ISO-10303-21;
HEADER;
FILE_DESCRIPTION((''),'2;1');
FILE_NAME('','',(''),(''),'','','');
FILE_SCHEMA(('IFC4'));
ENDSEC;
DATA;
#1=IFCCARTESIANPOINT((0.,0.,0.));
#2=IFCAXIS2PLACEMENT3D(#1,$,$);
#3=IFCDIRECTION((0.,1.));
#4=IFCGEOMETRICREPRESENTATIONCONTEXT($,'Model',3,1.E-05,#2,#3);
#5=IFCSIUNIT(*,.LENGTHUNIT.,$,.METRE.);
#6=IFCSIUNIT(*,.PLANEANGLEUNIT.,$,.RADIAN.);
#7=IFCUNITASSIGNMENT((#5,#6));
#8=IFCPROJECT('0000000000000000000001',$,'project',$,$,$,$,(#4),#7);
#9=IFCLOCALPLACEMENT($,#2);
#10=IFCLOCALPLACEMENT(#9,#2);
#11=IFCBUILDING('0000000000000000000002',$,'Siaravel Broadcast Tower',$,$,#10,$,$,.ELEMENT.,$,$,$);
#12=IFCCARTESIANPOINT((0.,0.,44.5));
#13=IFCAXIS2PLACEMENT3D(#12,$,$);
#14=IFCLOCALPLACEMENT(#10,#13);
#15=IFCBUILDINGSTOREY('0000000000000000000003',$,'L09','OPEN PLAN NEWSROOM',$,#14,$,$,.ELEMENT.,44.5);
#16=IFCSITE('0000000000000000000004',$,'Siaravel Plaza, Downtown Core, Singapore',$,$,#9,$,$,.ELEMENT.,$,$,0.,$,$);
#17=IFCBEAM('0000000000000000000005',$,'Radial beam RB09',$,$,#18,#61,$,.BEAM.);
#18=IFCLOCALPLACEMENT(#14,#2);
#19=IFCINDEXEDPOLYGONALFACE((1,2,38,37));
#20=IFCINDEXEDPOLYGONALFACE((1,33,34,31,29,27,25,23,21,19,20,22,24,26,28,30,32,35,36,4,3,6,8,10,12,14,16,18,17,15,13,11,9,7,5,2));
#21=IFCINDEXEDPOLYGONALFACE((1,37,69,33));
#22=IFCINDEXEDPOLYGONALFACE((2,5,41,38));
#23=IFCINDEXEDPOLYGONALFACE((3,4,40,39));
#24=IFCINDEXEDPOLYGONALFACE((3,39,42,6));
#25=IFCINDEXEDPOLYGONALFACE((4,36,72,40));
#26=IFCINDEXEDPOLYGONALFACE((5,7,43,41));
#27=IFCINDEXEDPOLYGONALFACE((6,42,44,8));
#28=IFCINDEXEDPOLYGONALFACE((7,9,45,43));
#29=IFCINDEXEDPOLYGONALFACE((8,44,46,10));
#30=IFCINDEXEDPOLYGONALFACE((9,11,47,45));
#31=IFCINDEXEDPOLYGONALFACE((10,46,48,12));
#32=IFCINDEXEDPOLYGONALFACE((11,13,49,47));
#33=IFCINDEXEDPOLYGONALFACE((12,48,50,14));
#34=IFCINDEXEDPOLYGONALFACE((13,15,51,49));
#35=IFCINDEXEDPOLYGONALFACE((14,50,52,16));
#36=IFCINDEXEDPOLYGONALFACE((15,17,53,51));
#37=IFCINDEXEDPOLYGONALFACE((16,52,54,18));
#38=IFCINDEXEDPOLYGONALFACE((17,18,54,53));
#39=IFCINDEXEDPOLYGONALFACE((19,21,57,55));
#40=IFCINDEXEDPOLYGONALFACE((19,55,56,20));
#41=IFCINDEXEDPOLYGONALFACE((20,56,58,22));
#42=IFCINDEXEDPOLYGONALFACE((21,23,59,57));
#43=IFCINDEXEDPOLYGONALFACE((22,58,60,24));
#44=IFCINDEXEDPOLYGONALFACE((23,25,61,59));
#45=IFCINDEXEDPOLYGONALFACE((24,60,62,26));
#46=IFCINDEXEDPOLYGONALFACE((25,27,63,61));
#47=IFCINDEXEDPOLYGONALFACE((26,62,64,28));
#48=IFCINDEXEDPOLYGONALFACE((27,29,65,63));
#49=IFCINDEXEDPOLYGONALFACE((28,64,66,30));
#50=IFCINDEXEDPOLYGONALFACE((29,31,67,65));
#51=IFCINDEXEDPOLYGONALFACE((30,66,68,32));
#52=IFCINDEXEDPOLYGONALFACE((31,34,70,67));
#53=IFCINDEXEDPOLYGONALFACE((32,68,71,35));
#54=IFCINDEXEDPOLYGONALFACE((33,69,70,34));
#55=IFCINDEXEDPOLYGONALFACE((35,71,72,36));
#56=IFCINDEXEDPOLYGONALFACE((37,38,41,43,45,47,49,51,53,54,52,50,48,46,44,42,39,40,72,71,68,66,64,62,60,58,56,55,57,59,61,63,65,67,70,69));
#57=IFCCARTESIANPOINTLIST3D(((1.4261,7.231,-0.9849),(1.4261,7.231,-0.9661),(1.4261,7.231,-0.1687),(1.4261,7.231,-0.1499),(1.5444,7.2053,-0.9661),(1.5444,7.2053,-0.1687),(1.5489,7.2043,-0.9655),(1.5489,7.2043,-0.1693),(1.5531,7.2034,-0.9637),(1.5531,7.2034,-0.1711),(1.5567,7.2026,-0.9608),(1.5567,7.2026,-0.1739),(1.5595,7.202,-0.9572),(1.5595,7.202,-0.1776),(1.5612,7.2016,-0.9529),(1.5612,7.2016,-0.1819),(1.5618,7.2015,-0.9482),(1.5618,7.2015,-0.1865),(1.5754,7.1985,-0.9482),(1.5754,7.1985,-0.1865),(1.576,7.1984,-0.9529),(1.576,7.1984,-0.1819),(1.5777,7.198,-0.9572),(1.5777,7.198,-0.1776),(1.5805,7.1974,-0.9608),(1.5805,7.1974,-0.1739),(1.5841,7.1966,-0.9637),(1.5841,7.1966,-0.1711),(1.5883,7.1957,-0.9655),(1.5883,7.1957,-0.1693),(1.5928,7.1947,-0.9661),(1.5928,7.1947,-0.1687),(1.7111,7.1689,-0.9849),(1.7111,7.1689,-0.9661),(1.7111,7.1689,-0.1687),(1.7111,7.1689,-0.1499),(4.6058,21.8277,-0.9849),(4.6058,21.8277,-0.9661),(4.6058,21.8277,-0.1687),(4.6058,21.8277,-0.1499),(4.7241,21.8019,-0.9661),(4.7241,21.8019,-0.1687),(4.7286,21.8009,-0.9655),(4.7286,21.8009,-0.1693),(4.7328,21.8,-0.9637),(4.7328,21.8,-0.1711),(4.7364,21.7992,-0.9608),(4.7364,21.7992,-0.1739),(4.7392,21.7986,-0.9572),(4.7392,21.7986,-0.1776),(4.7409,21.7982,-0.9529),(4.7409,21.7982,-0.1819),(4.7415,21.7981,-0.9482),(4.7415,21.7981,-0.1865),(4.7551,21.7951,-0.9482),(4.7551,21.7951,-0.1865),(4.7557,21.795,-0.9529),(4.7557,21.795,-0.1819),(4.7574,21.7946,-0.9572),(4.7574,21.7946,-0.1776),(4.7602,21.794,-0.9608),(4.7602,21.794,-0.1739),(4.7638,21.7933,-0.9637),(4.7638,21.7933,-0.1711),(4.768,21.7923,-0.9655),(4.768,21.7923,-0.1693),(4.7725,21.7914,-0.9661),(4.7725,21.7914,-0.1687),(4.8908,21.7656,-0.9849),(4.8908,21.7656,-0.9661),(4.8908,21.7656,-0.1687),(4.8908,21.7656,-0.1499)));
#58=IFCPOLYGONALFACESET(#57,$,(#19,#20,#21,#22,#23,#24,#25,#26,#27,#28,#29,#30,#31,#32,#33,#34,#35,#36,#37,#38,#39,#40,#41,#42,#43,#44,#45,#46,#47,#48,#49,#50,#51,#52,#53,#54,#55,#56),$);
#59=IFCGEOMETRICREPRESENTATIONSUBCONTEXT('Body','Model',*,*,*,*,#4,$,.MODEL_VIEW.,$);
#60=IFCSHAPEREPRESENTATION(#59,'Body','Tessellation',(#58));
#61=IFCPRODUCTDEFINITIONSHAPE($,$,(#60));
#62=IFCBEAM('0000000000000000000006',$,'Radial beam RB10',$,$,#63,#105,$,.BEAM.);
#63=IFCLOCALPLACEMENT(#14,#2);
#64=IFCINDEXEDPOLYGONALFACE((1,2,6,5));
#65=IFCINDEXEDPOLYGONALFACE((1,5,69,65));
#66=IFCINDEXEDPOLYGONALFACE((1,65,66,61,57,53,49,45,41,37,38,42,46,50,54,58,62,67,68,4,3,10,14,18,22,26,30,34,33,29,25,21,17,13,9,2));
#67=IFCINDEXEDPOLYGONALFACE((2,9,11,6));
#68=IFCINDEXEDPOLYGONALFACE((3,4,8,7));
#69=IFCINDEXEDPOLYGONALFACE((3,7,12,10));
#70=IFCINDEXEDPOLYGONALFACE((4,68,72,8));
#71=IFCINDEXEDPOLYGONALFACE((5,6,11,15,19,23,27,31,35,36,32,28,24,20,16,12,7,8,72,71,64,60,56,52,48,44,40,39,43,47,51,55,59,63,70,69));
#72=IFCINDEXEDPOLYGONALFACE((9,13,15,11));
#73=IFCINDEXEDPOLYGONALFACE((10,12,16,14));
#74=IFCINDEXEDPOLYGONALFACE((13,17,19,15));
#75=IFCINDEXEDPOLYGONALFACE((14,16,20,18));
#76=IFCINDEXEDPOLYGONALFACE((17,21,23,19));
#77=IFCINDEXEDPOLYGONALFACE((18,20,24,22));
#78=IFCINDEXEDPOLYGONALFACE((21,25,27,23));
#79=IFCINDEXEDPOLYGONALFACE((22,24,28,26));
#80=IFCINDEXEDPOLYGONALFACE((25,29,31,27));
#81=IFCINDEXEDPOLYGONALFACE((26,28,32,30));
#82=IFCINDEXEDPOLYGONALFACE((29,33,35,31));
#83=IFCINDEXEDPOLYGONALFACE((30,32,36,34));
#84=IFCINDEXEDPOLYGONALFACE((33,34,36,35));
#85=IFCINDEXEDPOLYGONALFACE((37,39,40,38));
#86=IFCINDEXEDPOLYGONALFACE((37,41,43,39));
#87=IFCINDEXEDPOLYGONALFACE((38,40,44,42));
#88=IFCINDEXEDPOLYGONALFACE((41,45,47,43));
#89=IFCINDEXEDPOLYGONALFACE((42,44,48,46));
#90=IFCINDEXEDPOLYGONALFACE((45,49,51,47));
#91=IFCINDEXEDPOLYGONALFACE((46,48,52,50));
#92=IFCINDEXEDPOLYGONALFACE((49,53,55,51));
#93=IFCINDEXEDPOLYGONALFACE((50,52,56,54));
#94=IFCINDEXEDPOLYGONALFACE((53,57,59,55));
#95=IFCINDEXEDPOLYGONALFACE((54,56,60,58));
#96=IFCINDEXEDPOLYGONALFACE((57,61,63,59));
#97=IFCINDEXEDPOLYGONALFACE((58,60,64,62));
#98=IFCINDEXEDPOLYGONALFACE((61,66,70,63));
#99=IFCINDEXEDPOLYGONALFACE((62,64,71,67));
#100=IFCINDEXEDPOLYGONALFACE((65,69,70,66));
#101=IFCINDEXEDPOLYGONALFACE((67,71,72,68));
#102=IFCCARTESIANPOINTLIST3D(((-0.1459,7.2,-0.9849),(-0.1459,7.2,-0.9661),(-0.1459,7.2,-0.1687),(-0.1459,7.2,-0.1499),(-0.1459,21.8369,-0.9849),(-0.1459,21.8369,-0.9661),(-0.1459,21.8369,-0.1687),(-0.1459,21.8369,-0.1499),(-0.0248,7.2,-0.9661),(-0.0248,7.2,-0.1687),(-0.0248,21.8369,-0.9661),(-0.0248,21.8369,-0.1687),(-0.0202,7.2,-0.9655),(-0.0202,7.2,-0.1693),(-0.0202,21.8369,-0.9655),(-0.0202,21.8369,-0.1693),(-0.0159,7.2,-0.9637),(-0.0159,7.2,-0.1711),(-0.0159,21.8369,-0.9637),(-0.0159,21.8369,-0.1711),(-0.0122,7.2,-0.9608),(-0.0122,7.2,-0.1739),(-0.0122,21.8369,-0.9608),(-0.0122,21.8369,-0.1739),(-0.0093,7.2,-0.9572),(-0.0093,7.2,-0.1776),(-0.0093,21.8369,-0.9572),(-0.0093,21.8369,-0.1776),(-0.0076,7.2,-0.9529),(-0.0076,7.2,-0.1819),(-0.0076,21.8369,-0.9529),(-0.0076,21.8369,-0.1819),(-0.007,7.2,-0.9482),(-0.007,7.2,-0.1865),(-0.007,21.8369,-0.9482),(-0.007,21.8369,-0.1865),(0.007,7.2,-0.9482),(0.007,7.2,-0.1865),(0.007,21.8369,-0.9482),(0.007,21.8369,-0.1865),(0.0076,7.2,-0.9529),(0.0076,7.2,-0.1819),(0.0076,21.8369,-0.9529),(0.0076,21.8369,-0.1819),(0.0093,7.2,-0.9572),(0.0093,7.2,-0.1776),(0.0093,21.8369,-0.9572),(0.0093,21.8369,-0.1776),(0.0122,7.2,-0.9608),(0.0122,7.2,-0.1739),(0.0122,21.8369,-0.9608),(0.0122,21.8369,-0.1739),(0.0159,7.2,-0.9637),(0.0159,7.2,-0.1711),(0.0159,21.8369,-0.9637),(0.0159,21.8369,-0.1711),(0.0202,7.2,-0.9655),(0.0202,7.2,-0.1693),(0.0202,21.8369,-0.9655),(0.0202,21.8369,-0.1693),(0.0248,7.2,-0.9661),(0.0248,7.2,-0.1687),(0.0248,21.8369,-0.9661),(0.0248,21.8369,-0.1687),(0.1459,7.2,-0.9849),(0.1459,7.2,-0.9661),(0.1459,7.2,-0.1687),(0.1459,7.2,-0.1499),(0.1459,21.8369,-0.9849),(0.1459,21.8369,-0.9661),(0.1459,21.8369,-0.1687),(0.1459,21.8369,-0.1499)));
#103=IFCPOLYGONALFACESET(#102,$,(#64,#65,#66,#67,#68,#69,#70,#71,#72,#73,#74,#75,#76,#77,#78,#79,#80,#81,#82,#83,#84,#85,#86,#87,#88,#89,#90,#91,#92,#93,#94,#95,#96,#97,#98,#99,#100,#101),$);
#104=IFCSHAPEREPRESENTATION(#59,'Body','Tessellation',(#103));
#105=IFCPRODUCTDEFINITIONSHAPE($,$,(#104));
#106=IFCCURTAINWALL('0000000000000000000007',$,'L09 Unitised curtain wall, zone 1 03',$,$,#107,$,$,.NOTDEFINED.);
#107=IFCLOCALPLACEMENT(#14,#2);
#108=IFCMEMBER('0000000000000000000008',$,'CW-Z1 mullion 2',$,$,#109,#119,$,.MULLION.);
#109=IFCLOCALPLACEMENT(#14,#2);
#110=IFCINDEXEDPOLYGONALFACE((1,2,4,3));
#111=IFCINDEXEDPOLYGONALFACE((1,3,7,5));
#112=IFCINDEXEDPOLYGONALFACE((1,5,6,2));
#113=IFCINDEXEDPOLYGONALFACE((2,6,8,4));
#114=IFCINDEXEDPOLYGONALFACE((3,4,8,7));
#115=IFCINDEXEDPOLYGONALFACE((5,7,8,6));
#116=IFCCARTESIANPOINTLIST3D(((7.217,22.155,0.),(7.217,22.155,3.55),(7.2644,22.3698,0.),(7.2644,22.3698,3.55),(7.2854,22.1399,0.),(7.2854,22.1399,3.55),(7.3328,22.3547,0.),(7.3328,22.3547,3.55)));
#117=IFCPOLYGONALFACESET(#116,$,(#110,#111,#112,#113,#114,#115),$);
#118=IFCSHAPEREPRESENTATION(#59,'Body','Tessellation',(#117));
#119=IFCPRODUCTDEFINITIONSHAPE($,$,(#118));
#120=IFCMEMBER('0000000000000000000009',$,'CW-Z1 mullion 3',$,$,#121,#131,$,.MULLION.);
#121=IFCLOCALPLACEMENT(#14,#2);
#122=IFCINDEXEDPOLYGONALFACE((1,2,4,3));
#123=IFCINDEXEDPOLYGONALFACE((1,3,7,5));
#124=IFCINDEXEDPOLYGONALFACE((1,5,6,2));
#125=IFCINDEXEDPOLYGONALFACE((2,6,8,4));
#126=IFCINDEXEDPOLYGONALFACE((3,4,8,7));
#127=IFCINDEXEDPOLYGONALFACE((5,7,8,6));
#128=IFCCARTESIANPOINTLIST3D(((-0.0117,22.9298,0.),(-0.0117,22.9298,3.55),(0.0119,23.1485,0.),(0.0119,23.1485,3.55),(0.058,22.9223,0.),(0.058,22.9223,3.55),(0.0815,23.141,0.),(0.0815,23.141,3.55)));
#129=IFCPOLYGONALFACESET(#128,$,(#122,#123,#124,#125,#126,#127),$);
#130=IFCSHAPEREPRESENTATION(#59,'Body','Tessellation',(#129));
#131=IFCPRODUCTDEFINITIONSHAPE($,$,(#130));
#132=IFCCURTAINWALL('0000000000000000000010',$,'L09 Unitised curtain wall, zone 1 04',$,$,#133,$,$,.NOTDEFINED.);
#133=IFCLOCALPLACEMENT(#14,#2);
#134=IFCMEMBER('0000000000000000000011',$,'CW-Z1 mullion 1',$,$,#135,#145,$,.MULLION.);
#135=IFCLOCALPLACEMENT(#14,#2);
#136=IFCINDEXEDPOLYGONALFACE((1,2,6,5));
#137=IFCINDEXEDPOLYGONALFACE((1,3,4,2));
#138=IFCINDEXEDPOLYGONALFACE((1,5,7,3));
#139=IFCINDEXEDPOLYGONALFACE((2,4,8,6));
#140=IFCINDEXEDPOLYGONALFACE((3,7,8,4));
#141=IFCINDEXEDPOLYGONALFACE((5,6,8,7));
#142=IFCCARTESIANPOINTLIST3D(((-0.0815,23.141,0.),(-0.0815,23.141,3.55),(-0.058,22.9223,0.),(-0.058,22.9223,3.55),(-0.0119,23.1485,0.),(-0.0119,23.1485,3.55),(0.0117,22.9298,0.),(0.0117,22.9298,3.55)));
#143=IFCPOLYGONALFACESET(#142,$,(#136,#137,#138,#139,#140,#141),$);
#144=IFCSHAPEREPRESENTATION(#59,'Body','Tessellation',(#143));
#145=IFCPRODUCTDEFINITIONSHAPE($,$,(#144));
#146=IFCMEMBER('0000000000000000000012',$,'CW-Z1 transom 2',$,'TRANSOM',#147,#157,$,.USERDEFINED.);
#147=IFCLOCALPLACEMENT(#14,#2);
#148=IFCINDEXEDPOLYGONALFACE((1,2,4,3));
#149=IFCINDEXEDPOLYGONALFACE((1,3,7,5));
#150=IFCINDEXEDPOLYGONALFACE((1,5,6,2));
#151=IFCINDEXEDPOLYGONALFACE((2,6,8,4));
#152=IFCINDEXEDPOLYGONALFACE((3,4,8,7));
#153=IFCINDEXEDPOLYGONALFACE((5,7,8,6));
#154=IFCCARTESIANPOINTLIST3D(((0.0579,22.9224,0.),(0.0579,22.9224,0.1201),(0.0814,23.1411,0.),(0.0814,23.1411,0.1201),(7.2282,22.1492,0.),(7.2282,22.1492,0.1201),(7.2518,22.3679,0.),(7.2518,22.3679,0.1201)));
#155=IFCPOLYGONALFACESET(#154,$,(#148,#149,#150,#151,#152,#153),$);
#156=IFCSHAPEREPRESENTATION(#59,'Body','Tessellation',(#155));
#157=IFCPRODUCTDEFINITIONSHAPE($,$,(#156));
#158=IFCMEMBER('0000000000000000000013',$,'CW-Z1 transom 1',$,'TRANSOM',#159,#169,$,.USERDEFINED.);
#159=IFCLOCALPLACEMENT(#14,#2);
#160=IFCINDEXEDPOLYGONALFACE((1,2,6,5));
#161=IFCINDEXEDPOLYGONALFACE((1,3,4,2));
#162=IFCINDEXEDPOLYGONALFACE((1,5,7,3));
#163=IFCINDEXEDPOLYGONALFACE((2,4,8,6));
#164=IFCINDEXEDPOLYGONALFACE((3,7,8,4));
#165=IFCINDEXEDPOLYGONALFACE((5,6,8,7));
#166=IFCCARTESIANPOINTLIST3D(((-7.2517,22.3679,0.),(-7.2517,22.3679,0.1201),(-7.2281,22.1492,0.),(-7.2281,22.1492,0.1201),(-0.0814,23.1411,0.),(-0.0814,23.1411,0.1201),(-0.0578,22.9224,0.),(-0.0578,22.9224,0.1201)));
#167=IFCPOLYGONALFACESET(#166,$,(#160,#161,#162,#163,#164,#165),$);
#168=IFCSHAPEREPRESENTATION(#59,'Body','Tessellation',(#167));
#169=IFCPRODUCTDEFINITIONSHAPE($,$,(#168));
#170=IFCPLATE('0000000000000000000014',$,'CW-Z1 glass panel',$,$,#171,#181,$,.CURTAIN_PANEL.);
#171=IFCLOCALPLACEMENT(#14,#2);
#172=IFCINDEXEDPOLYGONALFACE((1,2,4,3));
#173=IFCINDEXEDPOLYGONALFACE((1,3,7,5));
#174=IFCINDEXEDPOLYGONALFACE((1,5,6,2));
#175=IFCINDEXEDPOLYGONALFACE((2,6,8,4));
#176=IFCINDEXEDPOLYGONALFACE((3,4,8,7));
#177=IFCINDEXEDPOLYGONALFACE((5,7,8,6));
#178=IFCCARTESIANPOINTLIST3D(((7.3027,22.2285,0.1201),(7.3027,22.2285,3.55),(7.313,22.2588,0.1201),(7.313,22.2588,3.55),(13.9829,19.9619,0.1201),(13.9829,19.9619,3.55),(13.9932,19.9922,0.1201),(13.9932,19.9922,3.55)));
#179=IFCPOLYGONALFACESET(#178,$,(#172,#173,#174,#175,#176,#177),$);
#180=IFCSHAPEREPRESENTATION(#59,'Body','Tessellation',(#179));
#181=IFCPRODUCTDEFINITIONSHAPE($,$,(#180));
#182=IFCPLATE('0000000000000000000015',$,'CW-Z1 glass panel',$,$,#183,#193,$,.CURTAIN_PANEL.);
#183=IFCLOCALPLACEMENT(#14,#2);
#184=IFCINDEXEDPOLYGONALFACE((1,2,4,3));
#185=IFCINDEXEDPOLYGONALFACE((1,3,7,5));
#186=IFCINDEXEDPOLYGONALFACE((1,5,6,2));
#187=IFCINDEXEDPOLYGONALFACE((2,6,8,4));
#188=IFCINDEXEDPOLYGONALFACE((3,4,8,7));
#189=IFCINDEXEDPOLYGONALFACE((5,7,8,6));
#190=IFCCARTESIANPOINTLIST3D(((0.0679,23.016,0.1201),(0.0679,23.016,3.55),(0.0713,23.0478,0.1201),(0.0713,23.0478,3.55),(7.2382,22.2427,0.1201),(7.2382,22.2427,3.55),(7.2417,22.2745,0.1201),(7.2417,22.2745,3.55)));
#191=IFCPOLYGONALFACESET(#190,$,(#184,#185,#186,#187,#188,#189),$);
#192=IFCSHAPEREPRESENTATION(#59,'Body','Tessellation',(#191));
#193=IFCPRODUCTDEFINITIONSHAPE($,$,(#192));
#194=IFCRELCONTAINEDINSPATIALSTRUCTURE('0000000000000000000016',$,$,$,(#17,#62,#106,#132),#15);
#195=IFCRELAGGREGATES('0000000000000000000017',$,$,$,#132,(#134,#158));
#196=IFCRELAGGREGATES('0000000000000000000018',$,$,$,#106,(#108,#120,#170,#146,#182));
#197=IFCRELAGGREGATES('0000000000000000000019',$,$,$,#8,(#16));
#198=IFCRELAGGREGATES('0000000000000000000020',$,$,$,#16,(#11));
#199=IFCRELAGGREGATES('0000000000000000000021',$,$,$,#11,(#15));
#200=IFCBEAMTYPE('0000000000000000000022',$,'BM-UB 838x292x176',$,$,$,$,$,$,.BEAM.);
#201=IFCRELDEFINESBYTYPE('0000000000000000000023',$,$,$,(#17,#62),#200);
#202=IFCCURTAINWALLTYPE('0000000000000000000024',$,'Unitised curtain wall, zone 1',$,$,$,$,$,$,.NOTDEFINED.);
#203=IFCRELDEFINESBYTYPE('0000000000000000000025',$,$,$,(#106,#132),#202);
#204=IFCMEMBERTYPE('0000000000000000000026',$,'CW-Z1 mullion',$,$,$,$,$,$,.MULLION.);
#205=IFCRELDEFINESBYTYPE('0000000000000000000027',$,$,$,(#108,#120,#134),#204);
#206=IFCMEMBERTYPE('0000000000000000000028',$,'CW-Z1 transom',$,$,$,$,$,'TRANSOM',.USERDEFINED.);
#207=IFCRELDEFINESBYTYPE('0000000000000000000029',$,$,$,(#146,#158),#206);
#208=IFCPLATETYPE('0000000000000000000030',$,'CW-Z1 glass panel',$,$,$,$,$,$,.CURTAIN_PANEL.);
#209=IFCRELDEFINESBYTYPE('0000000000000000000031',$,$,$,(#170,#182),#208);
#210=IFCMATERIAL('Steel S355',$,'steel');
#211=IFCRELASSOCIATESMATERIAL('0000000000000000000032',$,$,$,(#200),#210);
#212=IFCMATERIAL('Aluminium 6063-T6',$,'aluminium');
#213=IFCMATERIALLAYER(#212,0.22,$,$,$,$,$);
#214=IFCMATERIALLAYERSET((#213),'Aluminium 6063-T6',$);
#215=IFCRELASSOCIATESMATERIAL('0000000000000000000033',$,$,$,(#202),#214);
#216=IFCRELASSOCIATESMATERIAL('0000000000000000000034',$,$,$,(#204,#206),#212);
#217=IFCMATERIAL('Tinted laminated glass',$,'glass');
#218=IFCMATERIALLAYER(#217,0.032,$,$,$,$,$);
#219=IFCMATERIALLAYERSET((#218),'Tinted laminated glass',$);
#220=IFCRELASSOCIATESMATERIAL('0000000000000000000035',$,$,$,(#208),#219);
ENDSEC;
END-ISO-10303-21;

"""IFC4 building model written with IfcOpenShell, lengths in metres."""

from ifc_helpers import new_model, si_unit, direction, frame, origin, origin_2d, place, context, subcontext, project, spatial, rectangle, i_section, extrude, material, layer, layer_set, material_profile, profile_set, type_object, element, aggregate, save


model = new_model("IFC4")

# Units and contexts
model_context = context("Model", 3, precision=1e-05, world=origin(), true_north=direction((0.0, 1.0)))
body_context = subcontext(model_context, "Body", "Model", "MODEL_VIEW")
ifc_project = project(units=[si_unit("LENGTHUNIT", "METRE"), si_unit("PLANEANGLEUNIT", "RADIAN")], contexts=[model_context])

# Site, building, storey
site_placement = place(None, origin())
site = spatial("IfcSite", under=ifc_project, at=site_placement, Name="Siaravel Plaza, Downtown Core, Singapore", CompositionType="ELEMENT", RefElevation=0.0)
building_placement = place(site_placement, origin())
building = spatial("IfcBuilding", under=site, at=building_placement, Name="Siaravel Broadcast Tower", CompositionType="ELEMENT")
storey_placement = place(building_placement, frame((0.0, 0.0, 44.5)))
storey = spatial("IfcBuildingStorey", under=building, at=storey_placement, Name="L09", Description="OPEN PLAN NEWSROOM", CompositionType="ELEMENT", Elevation=44.5)

# Beams
ifc_material_1 = material(Name="Steel S355", Category="steel")
ifc_material_profile_1 = material_profile(ifc_material_1, i_section(OverallWidth=0.2917, OverallDepth=0.835, WebThickness=0.0139, FlangeThickness=0.0188, FilletRadius=0.0178, at=origin_2d()))
ifc_profile_set_1 = profile_set([ifc_material_profile_1], Name="Steel S355")
beam_type = type_object("IfcBeamType", Name="BM-UB 838x292x176", PredefinedType="BEAM", material=ifc_profile_set_1)
beam_1_placement = place(storey_placement, frame((4.7483, 21.7966, -0.5674), z_axis=(-0.212845, -0.977086, 0.0), x_axis=(0.977086, -0.212845, 0.0)))
element("IfcBeam", 1, at=beam_1_placement, inside=storey, type_object=beam_type, Name="Radial beam RB09", PredefinedType="BEAM", context=body_context, shape_type="SweptSolid", body=[
    extrude(i_section(OverallWidth=0.2917, OverallDepth=0.835, WebThickness=0.0139, FlangeThickness=0.0188, FilletRadius=0.0178, at=origin_2d()), origin(), (0.0, 0.0, 1.0), 14.939),
])
beam_2_placement = place(storey_placement, frame((0.0, 21.8369, -0.5674), z_axis=(0.0, -1.0, 0.0), x_axis=(1.0, 0.0, 0.0)))
element("IfcBeam", 2, at=beam_2_placement, inside=storey, type_object=beam_type, Name="Radial beam RB10", PredefinedType="BEAM", context=body_context, shape_type="SweptSolid", body=[
    extrude(i_section(OverallWidth=0.2917, OverallDepth=0.835, WebThickness=0.0139, FlangeThickness=0.0188, FilletRadius=0.0178, at=origin_2d()), origin(), (0.0, 0.0, 1.0), 14.637),
])

# Curtain wall, members
ifc_material_2 = material(Name="Aluminium 6063-T6", Category="aluminium")
ifc_layer_1 = layer(ifc_material_2, 0.22)
ifc_layer_set_1 = layer_set([ifc_layer_1], Name="Aluminium 6063-T6")
curtain_wall_type = type_object("IfcCurtainWallType", Name="Unitised curtain wall, zone 1", PredefinedType="NOTDEFINED", material=ifc_layer_set_1)
curtain_wall_1_placement = place(storey_placement, origin())
curtain_wall_1 = element("IfcCurtainWall", 3, at=curtain_wall_1_placement, inside=storey, type_object=curtain_wall_type, Name="L09 Unitised curtain wall, zone 1 03", PredefinedType="NOTDEFINED")
ifc_material_profile_2 = material_profile(ifc_material_2, rectangle(XDim=0.22, YDim=0.0701, at=origin_2d()))
ifc_profile_set_2 = profile_set([ifc_material_profile_2], Name="Aluminium 6063-T6")
member_type_1 = type_object("IfcMemberType", Name="CW-Z1 mullion", PredefinedType="MULLION", material=ifc_profile_set_2)
member_1_placement = place(storey_placement, frame((7.2749, 22.2549, 0.0), z_axis=(0.0, 0.0, 1.0), x_axis=(-0.215558, -0.976491, 0.0)))
member_1 = element("IfcMember", 4, at=member_1_placement, type_object=member_type_1, Name="CW-Z1 mullion 2", PredefinedType="MULLION", context=body_context, shape_type="SweptSolid", body=[
    extrude(rectangle(XDim=0.22, YDim=0.0701, at=origin_2d()), origin(), (0.0, 0.0, 1.0), 3.55),
])
member_2_placement = place(storey_placement, frame((0.0349, 23.0354, 0.0), z_axis=(0.0, 0.0, 1.0), x_axis=(-0.107218, -0.994236, 0.0)))
member_2 = element("IfcMember", 5, at=member_2_placement, type_object=member_type_1, Name="CW-Z1 mullion 3", PredefinedType="MULLION", context=body_context, shape_type="SweptSolid", body=[
    extrude(rectangle(XDim=0.22, YDim=0.0701, at=origin_2d()), origin(), (0.0, 0.0, 1.0), 3.55),
])

# Curtain wall, member
curtain_wall_2_placement = place(storey_placement, origin())
curtain_wall_2 = element("IfcCurtainWall", 6, at=curtain_wall_2_placement, inside=storey, type_object=curtain_wall_type, Name="L09 Unitised curtain wall, zone 1 04", PredefinedType="NOTDEFINED")
member_3_placement = place(storey_placement, frame((-0.0349, 23.0354, 0.0), z_axis=(0.0, 0.0, 1.0), x_axis=(0.107218, -0.994236, 0.0)))
member_3 = element("IfcMember", 7, at=member_3_placement, type_object=member_type_1, Name="CW-Z1 mullion 1", PredefinedType="MULLION", context=body_context, shape_type="SweptSolid", body=[
    extrude(rectangle(XDim=0.22, YDim=0.0701, at=origin_2d()), origin(), (0.0, 0.0, 1.0), 3.55),
])

# Members
ifc_material_profile_3 = material_profile(ifc_material_2, rectangle(XDim=0.22, YDim=0.1201, at=origin_2d()))
ifc_profile_set_3 = profile_set([ifc_material_profile_3], Name="Aluminium 6063-T6")
member_type_2 = type_object("IfcMemberType", Name="CW-Z1 transom", ElementType="TRANSOM", PredefinedType="USERDEFINED", material=ifc_profile_set_3)
member_4_placement = place(storey_placement, frame((7.24, 22.2585, 0.0601), z_axis=(-0.994236, 0.10721, 0.0), x_axis=(-0.10721, -0.994236, 0.0)))
member_4 = element("IfcMember", 8, at=member_4_placement, type_object=member_type_2, Name="CW-Z1 transom 2", ObjectType="TRANSOM", PredefinedType="USERDEFINED", context=body_context, shape_type="SweptSolid", body=[
    extrude(rectangle(XDim=0.22, YDim=0.1201, at=origin_2d()), origin(), (0.0, 0.0, 1.0), 7.2119),
])
member_5_placement = place(storey_placement, frame((-0.0696, 23.0317, 0.0601), z_axis=(-0.994236, -0.10721, 0.0), x_axis=(0.10721, -0.994236, 0.0)))
member_5 = element("IfcMember", 9, at=member_5_placement, type_object=member_type_2, Name="CW-Z1 transom 1", ObjectType="TRANSOM", PredefinedType="USERDEFINED", context=body_context, shape_type="SweptSolid", body=[
    extrude(rectangle(XDim=0.22, YDim=0.1201, at=origin_2d()), origin(), (0.0, 0.0, 1.0), 7.2119),
])
aggregate(curtain_wall_2, [member_3, member_5])

# Plates
ifc_material_3 = material(Name="Tinted laminated glass", Category="glass")
ifc_layer_2 = layer(ifc_material_3, 0.032)
ifc_layer_set_2 = layer_set([ifc_layer_2], Name="Tinted laminated glass")
plate_type = type_object("IfcPlateType", Name="CW-Z1 glass panel", PredefinedType="CURTAIN_PANEL", material=ifc_layer_set_2)
plate_1_placement = place(storey_placement, frame((10.6479, 21.1104, 0.1201), z_axis=(0.0, 0.0, 1.0), x_axis=(-0.946977, 0.321301, 0.0)))
plate_1 = element("IfcPlate", 10, at=plate_1_placement, type_object=plate_type, Name="CW-Z1 glass panel", PredefinedType="CURTAIN_PANEL", context=body_context, shape_type="SweptSolid", body=[
    extrude(rectangle(XDim=7.0542, YDim=0.032, at=origin_2d()), origin(), (0.0, 0.0, 1.0), 3.4299),
])
plate_2_placement = place(storey_placement, frame((3.6548, 22.6453, 0.1201), z_axis=(0.0, 0.0, 1.0), x_axis=(-0.994236, 0.107218, 0.0)))
plate_2 = element("IfcPlate", 11, at=plate_2_placement, type_object=plate_type, Name="CW-Z1 glass panel", PredefinedType="CURTAIN_PANEL", context=body_context, shape_type="SweptSolid", body=[
    extrude(rectangle(XDim=7.2119, YDim=0.032, at=origin_2d()), origin(), (0.0, 0.0, 1.0), 3.4299),
])
aggregate(curtain_wall_1, [member_1, member_2, plate_1, member_4, plate_2])

save(model, "model.ifc")
